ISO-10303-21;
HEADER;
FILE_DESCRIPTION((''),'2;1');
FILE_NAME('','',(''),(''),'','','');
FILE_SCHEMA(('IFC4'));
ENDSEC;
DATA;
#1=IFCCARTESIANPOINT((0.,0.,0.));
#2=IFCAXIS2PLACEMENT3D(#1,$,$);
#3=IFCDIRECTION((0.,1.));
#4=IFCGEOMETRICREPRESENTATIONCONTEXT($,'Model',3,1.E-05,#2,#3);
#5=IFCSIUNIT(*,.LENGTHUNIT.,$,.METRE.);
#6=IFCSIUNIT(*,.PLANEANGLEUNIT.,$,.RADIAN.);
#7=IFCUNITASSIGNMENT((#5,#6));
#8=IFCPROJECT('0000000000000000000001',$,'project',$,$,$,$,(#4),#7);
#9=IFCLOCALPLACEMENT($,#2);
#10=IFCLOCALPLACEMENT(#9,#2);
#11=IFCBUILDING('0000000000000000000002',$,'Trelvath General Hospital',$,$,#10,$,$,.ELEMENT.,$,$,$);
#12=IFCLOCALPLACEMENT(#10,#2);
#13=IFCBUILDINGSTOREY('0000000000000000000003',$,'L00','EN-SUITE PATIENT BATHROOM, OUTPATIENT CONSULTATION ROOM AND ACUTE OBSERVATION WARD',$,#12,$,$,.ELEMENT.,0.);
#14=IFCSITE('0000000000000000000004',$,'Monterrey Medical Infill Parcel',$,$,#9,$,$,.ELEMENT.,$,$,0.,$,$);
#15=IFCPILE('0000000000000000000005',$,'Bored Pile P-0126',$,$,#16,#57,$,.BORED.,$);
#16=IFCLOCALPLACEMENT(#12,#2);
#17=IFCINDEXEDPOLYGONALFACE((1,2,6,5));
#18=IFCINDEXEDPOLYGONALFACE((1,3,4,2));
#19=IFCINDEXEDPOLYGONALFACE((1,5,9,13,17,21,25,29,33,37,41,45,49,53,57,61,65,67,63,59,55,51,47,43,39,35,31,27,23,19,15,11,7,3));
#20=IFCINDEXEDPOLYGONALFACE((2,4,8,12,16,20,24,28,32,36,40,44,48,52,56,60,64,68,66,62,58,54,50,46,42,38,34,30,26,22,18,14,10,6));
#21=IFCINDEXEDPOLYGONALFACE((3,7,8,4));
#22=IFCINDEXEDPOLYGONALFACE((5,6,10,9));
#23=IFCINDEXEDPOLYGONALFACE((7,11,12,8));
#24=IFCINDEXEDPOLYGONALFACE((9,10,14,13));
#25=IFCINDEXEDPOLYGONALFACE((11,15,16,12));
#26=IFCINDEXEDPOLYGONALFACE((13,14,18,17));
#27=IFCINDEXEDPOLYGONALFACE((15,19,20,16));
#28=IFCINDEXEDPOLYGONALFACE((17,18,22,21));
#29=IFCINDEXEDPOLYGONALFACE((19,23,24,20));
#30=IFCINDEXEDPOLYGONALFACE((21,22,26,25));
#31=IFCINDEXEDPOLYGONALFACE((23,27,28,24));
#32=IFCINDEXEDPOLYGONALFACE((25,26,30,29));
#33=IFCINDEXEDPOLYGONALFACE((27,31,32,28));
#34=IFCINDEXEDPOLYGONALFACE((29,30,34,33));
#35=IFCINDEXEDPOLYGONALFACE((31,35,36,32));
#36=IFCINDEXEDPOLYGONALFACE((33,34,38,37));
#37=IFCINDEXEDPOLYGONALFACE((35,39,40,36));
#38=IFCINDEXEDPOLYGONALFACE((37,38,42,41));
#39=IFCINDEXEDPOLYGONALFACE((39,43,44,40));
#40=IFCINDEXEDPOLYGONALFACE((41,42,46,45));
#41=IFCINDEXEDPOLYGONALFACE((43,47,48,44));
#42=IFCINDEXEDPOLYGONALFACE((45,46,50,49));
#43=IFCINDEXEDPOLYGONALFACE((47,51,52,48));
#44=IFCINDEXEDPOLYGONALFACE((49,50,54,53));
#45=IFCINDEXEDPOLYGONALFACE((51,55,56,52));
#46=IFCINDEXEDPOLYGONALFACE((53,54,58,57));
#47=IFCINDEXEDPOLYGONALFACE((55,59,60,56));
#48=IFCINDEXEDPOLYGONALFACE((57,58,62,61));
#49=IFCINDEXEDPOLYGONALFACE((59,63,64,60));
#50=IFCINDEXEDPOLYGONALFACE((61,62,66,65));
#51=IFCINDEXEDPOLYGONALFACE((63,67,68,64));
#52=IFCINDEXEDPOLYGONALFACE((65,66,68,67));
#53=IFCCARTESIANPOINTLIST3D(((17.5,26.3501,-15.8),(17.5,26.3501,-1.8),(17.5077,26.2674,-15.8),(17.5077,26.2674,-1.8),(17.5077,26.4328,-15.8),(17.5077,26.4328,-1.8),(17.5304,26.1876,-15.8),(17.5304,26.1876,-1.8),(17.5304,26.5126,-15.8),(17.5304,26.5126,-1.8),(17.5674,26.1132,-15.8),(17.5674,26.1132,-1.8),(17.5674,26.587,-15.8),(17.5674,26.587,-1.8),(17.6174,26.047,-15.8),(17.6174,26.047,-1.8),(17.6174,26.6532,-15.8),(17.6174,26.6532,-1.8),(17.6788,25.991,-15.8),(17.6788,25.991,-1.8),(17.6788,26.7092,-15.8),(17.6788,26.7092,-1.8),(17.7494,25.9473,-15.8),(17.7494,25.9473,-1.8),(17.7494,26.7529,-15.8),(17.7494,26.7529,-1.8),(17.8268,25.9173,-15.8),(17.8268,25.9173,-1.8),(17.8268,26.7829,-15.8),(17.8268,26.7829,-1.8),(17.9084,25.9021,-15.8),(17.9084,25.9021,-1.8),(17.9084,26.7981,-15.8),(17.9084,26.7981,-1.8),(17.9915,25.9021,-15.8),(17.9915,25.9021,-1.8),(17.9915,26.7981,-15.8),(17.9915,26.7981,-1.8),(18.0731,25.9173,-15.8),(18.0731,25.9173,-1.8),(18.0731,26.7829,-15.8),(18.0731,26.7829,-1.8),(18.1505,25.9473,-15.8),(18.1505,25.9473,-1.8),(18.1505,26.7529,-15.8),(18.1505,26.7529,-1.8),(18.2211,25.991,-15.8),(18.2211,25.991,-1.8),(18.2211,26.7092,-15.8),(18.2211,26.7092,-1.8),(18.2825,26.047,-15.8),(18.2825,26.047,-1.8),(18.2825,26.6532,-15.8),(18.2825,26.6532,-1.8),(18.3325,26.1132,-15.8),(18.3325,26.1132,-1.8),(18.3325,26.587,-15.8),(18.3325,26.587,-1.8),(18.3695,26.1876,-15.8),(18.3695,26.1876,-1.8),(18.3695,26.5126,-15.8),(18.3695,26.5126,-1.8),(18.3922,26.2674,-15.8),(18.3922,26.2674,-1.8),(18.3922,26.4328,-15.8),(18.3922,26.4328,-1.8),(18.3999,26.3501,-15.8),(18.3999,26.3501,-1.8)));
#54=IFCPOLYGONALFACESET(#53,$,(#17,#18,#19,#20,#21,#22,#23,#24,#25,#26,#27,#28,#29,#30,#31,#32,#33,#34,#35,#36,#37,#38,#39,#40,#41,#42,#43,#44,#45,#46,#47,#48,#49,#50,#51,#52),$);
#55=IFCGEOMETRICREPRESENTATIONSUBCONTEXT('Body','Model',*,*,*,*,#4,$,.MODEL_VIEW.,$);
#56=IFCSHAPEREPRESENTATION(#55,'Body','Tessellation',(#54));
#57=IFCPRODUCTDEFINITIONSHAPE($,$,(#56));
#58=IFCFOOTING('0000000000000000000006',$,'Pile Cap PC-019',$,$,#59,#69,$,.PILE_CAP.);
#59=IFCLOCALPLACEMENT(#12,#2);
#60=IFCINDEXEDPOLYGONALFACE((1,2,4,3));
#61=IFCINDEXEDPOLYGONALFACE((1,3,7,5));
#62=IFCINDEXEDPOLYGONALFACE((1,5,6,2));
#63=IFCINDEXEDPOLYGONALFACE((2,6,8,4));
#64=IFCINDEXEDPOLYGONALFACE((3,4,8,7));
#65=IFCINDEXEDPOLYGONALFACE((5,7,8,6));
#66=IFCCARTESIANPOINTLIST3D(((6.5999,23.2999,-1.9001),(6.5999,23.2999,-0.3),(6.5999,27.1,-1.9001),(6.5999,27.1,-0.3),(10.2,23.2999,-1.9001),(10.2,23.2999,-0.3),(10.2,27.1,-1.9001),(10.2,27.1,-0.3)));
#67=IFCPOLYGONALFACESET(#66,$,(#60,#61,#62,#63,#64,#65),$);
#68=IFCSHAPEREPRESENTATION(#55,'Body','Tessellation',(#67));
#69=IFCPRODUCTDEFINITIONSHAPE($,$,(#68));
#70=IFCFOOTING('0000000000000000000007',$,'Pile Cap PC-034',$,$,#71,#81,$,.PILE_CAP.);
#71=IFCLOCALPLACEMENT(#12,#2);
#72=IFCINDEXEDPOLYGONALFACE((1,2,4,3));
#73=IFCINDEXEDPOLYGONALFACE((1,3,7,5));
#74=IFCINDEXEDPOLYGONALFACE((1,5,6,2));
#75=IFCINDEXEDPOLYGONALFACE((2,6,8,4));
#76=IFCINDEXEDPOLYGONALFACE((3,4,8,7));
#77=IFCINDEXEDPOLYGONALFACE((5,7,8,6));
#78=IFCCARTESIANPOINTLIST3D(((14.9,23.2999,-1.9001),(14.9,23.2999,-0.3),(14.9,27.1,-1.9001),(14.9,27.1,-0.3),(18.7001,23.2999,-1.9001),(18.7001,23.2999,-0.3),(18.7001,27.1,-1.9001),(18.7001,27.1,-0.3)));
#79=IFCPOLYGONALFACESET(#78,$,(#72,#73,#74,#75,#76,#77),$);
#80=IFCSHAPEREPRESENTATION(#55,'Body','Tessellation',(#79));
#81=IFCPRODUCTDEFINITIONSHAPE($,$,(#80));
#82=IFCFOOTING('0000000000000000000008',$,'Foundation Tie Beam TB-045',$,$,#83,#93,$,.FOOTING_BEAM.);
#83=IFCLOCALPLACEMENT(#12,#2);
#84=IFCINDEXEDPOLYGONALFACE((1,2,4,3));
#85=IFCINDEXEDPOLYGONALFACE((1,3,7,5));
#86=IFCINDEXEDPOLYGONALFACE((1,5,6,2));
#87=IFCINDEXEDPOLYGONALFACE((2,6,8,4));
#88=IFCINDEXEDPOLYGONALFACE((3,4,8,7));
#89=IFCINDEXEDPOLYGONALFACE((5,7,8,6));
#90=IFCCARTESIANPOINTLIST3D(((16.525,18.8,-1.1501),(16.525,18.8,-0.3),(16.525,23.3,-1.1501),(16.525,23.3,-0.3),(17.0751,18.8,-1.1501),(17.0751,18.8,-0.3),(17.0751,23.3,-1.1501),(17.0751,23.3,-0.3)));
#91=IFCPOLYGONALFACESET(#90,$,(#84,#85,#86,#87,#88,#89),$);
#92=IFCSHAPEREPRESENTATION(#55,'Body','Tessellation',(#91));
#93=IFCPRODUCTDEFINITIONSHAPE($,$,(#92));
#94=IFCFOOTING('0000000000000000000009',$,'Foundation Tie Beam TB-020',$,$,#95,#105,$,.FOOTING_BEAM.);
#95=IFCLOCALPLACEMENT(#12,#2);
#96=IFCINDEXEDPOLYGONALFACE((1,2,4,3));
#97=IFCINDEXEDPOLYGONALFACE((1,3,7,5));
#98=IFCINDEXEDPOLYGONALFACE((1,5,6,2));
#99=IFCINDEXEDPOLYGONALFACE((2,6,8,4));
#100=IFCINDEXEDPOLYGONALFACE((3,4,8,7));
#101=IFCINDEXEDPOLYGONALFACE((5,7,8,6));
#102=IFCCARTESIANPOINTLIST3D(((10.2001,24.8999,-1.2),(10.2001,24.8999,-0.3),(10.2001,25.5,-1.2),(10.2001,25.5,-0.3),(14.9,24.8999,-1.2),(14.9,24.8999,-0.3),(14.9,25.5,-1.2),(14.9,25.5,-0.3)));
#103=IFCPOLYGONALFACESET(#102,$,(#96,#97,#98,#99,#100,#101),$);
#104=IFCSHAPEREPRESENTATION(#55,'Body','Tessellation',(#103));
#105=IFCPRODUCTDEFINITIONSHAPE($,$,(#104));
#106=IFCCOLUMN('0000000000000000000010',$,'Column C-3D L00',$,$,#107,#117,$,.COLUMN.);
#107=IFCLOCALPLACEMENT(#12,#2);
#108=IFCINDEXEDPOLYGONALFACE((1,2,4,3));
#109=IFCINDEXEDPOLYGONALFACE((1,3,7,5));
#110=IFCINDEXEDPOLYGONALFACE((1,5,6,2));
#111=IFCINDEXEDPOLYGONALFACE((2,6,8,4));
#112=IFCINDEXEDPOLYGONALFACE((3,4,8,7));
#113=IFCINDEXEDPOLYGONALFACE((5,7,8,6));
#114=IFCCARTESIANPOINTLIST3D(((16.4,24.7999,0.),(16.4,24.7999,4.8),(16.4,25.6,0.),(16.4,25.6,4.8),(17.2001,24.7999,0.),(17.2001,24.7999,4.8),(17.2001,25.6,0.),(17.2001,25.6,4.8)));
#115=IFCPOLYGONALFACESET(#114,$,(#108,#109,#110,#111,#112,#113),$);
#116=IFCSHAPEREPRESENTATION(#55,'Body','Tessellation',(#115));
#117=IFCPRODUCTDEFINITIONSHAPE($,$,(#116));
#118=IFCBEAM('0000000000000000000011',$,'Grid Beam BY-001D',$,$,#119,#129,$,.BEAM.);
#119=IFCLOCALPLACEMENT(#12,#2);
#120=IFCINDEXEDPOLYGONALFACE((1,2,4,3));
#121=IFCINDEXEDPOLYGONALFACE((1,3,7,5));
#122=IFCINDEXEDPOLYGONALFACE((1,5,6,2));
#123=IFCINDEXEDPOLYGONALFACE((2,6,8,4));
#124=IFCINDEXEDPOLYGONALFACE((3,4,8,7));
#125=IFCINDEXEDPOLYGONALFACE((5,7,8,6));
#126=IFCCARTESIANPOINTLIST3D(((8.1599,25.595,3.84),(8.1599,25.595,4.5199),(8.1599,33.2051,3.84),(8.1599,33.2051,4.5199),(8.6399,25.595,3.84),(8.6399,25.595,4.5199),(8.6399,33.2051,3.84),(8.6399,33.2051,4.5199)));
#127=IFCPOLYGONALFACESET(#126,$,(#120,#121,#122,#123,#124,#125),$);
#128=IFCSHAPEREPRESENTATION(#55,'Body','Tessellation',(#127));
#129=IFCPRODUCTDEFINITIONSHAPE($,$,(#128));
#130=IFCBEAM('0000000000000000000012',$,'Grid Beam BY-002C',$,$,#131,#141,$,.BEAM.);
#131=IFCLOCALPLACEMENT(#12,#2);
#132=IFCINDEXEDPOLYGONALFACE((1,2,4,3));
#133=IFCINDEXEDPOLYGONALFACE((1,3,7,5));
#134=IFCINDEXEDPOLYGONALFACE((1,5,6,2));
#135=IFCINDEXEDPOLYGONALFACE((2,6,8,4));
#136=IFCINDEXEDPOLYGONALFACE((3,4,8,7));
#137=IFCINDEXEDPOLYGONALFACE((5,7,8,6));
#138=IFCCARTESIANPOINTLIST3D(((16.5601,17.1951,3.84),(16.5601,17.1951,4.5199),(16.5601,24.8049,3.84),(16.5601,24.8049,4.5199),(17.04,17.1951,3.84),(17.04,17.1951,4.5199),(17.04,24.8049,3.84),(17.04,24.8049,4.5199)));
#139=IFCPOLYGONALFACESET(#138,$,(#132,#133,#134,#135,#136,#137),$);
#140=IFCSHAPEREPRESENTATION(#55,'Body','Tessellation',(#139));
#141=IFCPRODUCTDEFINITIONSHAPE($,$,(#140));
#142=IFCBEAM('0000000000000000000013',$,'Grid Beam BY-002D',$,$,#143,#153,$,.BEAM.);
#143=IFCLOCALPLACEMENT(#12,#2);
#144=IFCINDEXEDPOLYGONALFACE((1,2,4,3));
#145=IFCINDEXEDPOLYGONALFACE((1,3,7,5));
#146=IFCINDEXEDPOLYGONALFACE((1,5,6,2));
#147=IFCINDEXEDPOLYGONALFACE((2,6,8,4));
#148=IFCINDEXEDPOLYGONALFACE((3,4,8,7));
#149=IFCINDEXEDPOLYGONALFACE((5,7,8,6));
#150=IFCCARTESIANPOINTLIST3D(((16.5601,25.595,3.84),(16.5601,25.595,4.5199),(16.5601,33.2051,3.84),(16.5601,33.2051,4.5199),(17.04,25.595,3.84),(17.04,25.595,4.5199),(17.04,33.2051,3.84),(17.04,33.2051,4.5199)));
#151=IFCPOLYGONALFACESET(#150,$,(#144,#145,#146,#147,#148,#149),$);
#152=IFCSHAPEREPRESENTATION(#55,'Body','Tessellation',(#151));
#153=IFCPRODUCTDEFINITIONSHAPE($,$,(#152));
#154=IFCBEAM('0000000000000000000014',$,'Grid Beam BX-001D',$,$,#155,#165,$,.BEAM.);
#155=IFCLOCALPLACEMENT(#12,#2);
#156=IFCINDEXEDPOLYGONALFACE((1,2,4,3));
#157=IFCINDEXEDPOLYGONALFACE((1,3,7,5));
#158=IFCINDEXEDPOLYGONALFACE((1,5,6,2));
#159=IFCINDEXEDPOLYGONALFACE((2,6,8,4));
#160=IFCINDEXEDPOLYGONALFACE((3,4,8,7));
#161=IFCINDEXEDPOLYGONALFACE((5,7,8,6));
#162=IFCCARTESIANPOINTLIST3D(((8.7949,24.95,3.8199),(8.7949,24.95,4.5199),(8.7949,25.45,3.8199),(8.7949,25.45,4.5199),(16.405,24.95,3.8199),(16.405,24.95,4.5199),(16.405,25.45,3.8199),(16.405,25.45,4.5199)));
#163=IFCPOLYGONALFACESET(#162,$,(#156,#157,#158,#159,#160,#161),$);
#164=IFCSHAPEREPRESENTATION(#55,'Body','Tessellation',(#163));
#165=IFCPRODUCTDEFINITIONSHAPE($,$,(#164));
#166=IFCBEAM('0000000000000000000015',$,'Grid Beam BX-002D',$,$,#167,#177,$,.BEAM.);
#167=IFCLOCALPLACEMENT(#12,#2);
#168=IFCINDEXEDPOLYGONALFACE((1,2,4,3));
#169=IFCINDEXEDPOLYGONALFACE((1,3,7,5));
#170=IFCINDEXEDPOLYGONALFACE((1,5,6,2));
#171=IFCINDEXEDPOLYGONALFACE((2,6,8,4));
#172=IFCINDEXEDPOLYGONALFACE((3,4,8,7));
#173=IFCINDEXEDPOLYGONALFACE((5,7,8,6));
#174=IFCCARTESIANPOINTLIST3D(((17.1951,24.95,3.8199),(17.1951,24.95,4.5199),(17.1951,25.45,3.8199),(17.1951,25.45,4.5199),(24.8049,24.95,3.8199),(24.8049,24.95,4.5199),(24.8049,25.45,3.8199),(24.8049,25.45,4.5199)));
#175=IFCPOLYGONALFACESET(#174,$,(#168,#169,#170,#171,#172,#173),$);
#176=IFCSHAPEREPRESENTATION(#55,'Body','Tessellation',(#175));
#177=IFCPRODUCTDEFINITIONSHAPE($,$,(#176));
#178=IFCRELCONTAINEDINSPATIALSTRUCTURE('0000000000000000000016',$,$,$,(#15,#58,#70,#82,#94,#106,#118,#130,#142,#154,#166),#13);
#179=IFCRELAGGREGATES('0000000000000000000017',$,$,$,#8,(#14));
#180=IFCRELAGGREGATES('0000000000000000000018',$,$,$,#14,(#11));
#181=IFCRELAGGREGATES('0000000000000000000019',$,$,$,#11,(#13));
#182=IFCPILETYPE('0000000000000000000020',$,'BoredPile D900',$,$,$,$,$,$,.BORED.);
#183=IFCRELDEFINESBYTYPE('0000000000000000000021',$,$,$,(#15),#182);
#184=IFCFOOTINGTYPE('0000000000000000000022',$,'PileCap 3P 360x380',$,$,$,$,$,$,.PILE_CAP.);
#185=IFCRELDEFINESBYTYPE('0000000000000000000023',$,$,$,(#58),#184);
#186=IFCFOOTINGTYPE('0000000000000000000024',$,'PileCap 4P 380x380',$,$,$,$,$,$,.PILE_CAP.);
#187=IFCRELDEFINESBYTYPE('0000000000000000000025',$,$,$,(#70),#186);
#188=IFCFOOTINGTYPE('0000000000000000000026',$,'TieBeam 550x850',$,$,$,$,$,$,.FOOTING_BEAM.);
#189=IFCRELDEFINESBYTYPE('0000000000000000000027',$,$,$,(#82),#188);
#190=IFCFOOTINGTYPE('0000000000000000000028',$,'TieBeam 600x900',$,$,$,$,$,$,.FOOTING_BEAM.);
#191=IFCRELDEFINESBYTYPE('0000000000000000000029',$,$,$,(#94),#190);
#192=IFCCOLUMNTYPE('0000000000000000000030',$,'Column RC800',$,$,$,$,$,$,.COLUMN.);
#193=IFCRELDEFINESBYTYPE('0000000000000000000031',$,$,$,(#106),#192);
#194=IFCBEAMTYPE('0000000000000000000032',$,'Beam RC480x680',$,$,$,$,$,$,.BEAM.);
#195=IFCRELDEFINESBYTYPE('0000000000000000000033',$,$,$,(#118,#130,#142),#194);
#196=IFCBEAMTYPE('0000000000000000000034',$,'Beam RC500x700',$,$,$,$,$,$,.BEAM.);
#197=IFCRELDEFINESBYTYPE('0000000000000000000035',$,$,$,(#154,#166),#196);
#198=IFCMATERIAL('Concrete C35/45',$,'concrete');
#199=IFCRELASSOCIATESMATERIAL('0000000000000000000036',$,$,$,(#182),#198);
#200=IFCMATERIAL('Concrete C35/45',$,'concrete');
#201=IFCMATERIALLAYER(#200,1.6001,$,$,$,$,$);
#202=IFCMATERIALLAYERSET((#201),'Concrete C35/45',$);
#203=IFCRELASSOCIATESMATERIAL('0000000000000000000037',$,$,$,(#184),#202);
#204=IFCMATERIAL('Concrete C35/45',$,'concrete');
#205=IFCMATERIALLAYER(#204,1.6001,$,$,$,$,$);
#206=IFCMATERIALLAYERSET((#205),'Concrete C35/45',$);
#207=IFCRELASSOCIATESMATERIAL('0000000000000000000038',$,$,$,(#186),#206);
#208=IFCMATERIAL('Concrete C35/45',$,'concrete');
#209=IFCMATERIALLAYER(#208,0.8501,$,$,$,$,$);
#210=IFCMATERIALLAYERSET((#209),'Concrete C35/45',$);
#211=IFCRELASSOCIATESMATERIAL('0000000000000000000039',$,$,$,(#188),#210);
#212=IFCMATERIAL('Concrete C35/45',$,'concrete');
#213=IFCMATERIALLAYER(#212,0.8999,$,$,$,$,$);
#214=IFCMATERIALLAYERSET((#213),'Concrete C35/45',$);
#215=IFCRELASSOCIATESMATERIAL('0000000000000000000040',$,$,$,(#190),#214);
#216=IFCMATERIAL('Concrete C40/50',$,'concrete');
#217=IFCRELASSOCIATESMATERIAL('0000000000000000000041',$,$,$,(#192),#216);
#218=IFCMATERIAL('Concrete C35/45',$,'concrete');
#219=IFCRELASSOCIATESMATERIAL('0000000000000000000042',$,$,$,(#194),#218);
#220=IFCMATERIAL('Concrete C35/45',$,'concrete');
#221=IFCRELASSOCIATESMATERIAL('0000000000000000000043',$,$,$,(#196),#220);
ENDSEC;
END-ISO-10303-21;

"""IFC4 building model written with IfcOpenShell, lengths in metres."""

from ifc_helpers import new_model, si_unit, direction, frame, origin, origin_2d, place, context, subcontext, project, spatial, rectangle, circle, extrude, material, layer, layer_set, material_profile, profile_set, type_object, element, save


model = new_model("IFC4")

# Units and contexts
model_context = context("Model", 3, precision=1e-05, world=origin(), true_north=direction((0.0, 1.0)))
body_context = subcontext(model_context, "Body", "Model", "MODEL_VIEW")
ifc_project = project(units=[si_unit("LENGTHUNIT", "METRE"), si_unit("PLANEANGLEUNIT", "RADIAN")], contexts=[model_context])

# Site, building, storey
site_placement = place(None, origin())
site = spatial("IfcSite", under=ifc_project, at=site_placement, Name="Monterrey Medical Infill Parcel", CompositionType="ELEMENT", RefElevation=0.0)
building_placement = place(site_placement, origin())
building = spatial("IfcBuilding", under=site, at=building_placement, Name="Trelvath General Hospital", CompositionType="ELEMENT")
storey_placement = place(building_placement, origin())
storey = spatial("IfcBuildingStorey", under=building, at=storey_placement, Name="L00", Description="EN-SUITE PATIENT BATHROOM, OUTPATIENT CONSULTATION ROOM AND ACUTE OBSERVATION WARD", CompositionType="ELEMENT", Elevation=0.0)

# Pile
ifc_material_1 = material(Name="Concrete C35/45", Category="concrete")
ifc_material_profile_1 = material_profile(ifc_material_1, circle(Radius=0.45, at=origin_2d()), Name="PILE900")
ifc_profile_set_1 = profile_set([ifc_material_profile_1], Name="Concrete C35/45")
pile_type_1 = type_object("IfcPileType", Name="BoredPile D900", PredefinedType="BORED", material=ifc_profile_set_1)
for number, where, z_axis, x_axis, name in (
    (1, (17.95, 26.3501, -1.8), (0.0, 0.0, -1.0), (1.0, 0.0, 0.0), "Bored Pile P-0126"),
):
    element("IfcPile", number, at=place(storey_placement, frame(where, z_axis=z_axis, x_axis=x_axis)), inside=storey, type_object=pile_type_1, Name=name, PredefinedType="BORED", context=body_context, shape_type="SweptSolid", body=[
        extrude(circle(Radius=0.45, at=origin_2d()), origin(), (0.0, 0.0, 1.0), 14.0),
    ])

# Footings
ifc_material_2 = material(Name="Concrete C35/45", Category="concrete")
ifc_layer_1 = layer(ifc_material_2, 1.6001)
ifc_layer_set_1 = layer_set([ifc_layer_1], Name="Concrete C35/45")
footing_type_1 = type_object("IfcFootingType", Name="PileCap 3P 360x380", PredefinedType="PILE_CAP", material=ifc_layer_set_1)
footing_1_placement = place(storey_placement, frame((8.3999, 25.2, -1.9001), z_axis=(0.0, 0.0, 1.0), x_axis=(1.0, 0.0, 0.0)))
element("IfcFooting", 2, at=footing_1_placement, inside=storey, type_object=footing_type_1, Name="Pile Cap PC-019", PredefinedType="PILE_CAP", context=body_context, shape_type="SweptSolid", body=[
    extrude(rectangle(XDim=3.6001, YDim=3.8, at=origin_2d()), origin(), (0.0, 0.0, 1.0), 1.6001),
])
ifc_material_3 = material(Name="Concrete C35/45", Category="concrete")
ifc_layer_2 = layer(ifc_material_3, 1.6001)
ifc_layer_set_2 = layer_set([ifc_layer_2], Name="Concrete C35/45")
footing_type_2 = type_object("IfcFootingType", Name="PileCap 4P 380x380", PredefinedType="PILE_CAP", material=ifc_layer_set_2)
footing_2_placement = place(storey_placement, frame((16.8, 25.2, -1.9001), z_axis=(0.0, 0.0, 1.0), x_axis=(1.0, 0.0, 0.0)))
element("IfcFooting", 3, at=footing_2_placement, inside=storey, type_object=footing_type_2, Name="Pile Cap PC-034", PredefinedType="PILE_CAP", context=body_context, shape_type="SweptSolid", body=[
    extrude(rectangle(XDim=3.8, YDim=3.8, at=origin_2d()), origin(), (0.0, 0.0, 1.0), 1.6001),
])
ifc_material_4 = material(Name="Concrete C35/45", Category="concrete")
ifc_layer_3 = layer(ifc_material_4, 0.8501)
ifc_layer_set_3 = layer_set([ifc_layer_3], Name="Concrete C35/45")
footing_type_3 = type_object("IfcFootingType", Name="TieBeam 550x850", PredefinedType="FOOTING_BEAM", material=ifc_layer_set_3)
footing_3_placement = place(storey_placement, frame((16.8, 21.05, -1.1501), z_axis=(0.0, 0.0, 1.0), x_axis=(1.0, 0.0, 0.0)))
element("IfcFooting", 4, at=footing_3_placement, inside=storey, type_object=footing_type_3, Name="Foundation Tie Beam TB-045", PredefinedType="FOOTING_BEAM", context=body_context, shape_type="SweptSolid", body=[
    extrude(rectangle(XDim=0.55, YDim=4.5, at=origin_2d()), origin(), (0.0, 0.0, 1.0), 0.8501),
])
ifc_material_5 = material(Name="Concrete C35/45", Category="concrete")
ifc_layer_4 = layer(ifc_material_5, 0.8999)
ifc_layer_set_4 = layer_set([ifc_layer_4], Name="Concrete C35/45")
footing_type_4 = type_object("IfcFootingType", Name="TieBeam 600x900", PredefinedType="FOOTING_BEAM", material=ifc_layer_set_4)
footing_4_placement = place(storey_placement, frame((12.55, 25.2, -1.2), z_axis=(0.0, 0.0, 1.0), x_axis=(1.0, 0.0, 0.0)))
element("IfcFooting", 5, at=footing_4_placement, inside=storey, type_object=footing_type_4, Name="Foundation Tie Beam TB-020", PredefinedType="FOOTING_BEAM", context=body_context, shape_type="SweptSolid", body=[
    extrude(rectangle(XDim=4.7, YDim=0.6001, at=origin_2d()), origin(), (0.0, 0.0, 1.0), 0.8999),
])

# Column
ifc_material_6 = material(Name="Concrete C40/50", Category="concrete")
ifc_material_profile_2 = material_profile(ifc_material_6, rectangle(XDim=0.8, YDim=0.8, at=origin_2d()), Name="RC800x800")
ifc_profile_set_2 = profile_set([ifc_material_profile_2], Name="Concrete C40/50")
column_type = type_object("IfcColumnType", Name="Column RC800", PredefinedType="COLUMN", material=ifc_profile_set_2)
column_placement = place(storey_placement, frame((16.8, 25.2, 0.0), z_axis=(0.0, 0.0, 1.0), x_axis=(1.0, 0.0, 0.0)))
element("IfcColumn", 6, at=column_placement, inside=storey, type_object=column_type, Name="Column C-3D L00", PredefinedType="COLUMN", context=body_context, shape_type="SweptSolid", body=[
    extrude(rectangle(XDim=0.8, YDim=0.8, at=origin_2d()), origin(), (0.0, 0.0, 1.0), 4.8),
])

# Beams
ifc_material_7 = material(Name="Concrete C35/45", Category="concrete")
ifc_material_profile_3 = material_profile(ifc_material_7, rectangle(XDim=0.48, YDim=0.6799, at=origin_2d()), Name="RCB480x680")
ifc_profile_set_3 = profile_set([ifc_material_profile_3], Name="Concrete C35/45")
beam_type_1 = type_object("IfcBeamType", Name="Beam RC480x680", PredefinedType="BEAM", material=ifc_profile_set_3)
beam_1_placement = place(storey_placement, frame((8.3999, 25.595, 4.1799), z_axis=(0.0, 1.0, 0.0), x_axis=(-1.0, 0.0, 0.0)))
element("IfcBeam", 7, at=beam_1_placement, inside=storey, type_object=beam_type_1, Name="Grid Beam BY-001D", PredefinedType="BEAM", context=body_context, shape_type="SweptSolid", body=[
    extrude(rectangle(XDim=0.48, YDim=0.6799, at=origin_2d()), origin(), (0.0, 0.0, 1.0), 7.6101),
])
beam_2_placement = place(storey_placement, frame((16.8, 17.1951, 4.1799), z_axis=(0.0, 1.0, 0.0), x_axis=(-1.0, 0.0, 0.0)))
element("IfcBeam", 8, at=beam_2_placement, inside=storey, type_object=beam_type_1, Name="Grid Beam BY-002C", PredefinedType="BEAM", context=body_context, shape_type="SweptSolid", body=[
    extrude(rectangle(XDim=0.48, YDim=0.6799, at=origin_2d()), origin(), (0.0, 0.0, 1.0), 7.6099),
])
beam_3_placement = place(storey_placement, frame((16.8, 25.595, 4.1799), z_axis=(0.0, 1.0, 0.0), x_axis=(-1.0, 0.0, 0.0)))
element("IfcBeam", 9, at=beam_3_placement, inside=storey, type_object=beam_type_1, Name="Grid Beam BY-002D", PredefinedType="BEAM", context=body_context, shape_type="SweptSolid", body=[
    extrude(rectangle(XDim=0.48, YDim=0.6799, at=origin_2d()), origin(), (0.0, 0.0, 1.0), 7.6101),
])
ifc_material_8 = material(Name="Concrete C35/45", Category="concrete")
ifc_material_profile_4 = material_profile(ifc_material_8, rectangle(XDim=0.5, YDim=0.7, at=origin_2d()), Name="RCB500x700")
ifc_profile_set_4 = profile_set([ifc_material_profile_4], Name="Concrete C35/45")
beam_type_2 = type_object("IfcBeamType", Name="Beam RC500x700", PredefinedType="BEAM", material=ifc_profile_set_4)
beam_4_placement = place(storey_placement, frame((8.7949, 25.2, 4.1699), z_axis=(1.0, 0.0, 0.0), x_axis=(0.0, 1.0, 0.0)))
element("IfcBeam", 10, at=beam_4_placement, inside=storey, type_object=beam_type_2, Name="Grid Beam BX-001D", PredefinedType="BEAM", context=body_context, shape_type="SweptSolid", body=[
    extrude(rectangle(XDim=0.5, YDim=0.7, at=origin_2d()), origin(), (0.0, 0.0, 1.0), 7.6101),
])
beam_5_placement = place(storey_placement, frame((17.1951, 25.2, 4.1699), z_axis=(1.0, 0.0, 0.0), x_axis=(0.0, 1.0, 0.0)))
element("IfcBeam", 11, at=beam_5_placement, inside=storey, type_object=beam_type_2, Name="Grid Beam BX-002D", PredefinedType="BEAM", context=body_context, shape_type="SweptSolid", body=[
    extrude(rectangle(XDim=0.5, YDim=0.7, at=origin_2d()), origin(), (0.0, 0.0, 1.0), 7.6099),
])

save(model, "model.ifc")
